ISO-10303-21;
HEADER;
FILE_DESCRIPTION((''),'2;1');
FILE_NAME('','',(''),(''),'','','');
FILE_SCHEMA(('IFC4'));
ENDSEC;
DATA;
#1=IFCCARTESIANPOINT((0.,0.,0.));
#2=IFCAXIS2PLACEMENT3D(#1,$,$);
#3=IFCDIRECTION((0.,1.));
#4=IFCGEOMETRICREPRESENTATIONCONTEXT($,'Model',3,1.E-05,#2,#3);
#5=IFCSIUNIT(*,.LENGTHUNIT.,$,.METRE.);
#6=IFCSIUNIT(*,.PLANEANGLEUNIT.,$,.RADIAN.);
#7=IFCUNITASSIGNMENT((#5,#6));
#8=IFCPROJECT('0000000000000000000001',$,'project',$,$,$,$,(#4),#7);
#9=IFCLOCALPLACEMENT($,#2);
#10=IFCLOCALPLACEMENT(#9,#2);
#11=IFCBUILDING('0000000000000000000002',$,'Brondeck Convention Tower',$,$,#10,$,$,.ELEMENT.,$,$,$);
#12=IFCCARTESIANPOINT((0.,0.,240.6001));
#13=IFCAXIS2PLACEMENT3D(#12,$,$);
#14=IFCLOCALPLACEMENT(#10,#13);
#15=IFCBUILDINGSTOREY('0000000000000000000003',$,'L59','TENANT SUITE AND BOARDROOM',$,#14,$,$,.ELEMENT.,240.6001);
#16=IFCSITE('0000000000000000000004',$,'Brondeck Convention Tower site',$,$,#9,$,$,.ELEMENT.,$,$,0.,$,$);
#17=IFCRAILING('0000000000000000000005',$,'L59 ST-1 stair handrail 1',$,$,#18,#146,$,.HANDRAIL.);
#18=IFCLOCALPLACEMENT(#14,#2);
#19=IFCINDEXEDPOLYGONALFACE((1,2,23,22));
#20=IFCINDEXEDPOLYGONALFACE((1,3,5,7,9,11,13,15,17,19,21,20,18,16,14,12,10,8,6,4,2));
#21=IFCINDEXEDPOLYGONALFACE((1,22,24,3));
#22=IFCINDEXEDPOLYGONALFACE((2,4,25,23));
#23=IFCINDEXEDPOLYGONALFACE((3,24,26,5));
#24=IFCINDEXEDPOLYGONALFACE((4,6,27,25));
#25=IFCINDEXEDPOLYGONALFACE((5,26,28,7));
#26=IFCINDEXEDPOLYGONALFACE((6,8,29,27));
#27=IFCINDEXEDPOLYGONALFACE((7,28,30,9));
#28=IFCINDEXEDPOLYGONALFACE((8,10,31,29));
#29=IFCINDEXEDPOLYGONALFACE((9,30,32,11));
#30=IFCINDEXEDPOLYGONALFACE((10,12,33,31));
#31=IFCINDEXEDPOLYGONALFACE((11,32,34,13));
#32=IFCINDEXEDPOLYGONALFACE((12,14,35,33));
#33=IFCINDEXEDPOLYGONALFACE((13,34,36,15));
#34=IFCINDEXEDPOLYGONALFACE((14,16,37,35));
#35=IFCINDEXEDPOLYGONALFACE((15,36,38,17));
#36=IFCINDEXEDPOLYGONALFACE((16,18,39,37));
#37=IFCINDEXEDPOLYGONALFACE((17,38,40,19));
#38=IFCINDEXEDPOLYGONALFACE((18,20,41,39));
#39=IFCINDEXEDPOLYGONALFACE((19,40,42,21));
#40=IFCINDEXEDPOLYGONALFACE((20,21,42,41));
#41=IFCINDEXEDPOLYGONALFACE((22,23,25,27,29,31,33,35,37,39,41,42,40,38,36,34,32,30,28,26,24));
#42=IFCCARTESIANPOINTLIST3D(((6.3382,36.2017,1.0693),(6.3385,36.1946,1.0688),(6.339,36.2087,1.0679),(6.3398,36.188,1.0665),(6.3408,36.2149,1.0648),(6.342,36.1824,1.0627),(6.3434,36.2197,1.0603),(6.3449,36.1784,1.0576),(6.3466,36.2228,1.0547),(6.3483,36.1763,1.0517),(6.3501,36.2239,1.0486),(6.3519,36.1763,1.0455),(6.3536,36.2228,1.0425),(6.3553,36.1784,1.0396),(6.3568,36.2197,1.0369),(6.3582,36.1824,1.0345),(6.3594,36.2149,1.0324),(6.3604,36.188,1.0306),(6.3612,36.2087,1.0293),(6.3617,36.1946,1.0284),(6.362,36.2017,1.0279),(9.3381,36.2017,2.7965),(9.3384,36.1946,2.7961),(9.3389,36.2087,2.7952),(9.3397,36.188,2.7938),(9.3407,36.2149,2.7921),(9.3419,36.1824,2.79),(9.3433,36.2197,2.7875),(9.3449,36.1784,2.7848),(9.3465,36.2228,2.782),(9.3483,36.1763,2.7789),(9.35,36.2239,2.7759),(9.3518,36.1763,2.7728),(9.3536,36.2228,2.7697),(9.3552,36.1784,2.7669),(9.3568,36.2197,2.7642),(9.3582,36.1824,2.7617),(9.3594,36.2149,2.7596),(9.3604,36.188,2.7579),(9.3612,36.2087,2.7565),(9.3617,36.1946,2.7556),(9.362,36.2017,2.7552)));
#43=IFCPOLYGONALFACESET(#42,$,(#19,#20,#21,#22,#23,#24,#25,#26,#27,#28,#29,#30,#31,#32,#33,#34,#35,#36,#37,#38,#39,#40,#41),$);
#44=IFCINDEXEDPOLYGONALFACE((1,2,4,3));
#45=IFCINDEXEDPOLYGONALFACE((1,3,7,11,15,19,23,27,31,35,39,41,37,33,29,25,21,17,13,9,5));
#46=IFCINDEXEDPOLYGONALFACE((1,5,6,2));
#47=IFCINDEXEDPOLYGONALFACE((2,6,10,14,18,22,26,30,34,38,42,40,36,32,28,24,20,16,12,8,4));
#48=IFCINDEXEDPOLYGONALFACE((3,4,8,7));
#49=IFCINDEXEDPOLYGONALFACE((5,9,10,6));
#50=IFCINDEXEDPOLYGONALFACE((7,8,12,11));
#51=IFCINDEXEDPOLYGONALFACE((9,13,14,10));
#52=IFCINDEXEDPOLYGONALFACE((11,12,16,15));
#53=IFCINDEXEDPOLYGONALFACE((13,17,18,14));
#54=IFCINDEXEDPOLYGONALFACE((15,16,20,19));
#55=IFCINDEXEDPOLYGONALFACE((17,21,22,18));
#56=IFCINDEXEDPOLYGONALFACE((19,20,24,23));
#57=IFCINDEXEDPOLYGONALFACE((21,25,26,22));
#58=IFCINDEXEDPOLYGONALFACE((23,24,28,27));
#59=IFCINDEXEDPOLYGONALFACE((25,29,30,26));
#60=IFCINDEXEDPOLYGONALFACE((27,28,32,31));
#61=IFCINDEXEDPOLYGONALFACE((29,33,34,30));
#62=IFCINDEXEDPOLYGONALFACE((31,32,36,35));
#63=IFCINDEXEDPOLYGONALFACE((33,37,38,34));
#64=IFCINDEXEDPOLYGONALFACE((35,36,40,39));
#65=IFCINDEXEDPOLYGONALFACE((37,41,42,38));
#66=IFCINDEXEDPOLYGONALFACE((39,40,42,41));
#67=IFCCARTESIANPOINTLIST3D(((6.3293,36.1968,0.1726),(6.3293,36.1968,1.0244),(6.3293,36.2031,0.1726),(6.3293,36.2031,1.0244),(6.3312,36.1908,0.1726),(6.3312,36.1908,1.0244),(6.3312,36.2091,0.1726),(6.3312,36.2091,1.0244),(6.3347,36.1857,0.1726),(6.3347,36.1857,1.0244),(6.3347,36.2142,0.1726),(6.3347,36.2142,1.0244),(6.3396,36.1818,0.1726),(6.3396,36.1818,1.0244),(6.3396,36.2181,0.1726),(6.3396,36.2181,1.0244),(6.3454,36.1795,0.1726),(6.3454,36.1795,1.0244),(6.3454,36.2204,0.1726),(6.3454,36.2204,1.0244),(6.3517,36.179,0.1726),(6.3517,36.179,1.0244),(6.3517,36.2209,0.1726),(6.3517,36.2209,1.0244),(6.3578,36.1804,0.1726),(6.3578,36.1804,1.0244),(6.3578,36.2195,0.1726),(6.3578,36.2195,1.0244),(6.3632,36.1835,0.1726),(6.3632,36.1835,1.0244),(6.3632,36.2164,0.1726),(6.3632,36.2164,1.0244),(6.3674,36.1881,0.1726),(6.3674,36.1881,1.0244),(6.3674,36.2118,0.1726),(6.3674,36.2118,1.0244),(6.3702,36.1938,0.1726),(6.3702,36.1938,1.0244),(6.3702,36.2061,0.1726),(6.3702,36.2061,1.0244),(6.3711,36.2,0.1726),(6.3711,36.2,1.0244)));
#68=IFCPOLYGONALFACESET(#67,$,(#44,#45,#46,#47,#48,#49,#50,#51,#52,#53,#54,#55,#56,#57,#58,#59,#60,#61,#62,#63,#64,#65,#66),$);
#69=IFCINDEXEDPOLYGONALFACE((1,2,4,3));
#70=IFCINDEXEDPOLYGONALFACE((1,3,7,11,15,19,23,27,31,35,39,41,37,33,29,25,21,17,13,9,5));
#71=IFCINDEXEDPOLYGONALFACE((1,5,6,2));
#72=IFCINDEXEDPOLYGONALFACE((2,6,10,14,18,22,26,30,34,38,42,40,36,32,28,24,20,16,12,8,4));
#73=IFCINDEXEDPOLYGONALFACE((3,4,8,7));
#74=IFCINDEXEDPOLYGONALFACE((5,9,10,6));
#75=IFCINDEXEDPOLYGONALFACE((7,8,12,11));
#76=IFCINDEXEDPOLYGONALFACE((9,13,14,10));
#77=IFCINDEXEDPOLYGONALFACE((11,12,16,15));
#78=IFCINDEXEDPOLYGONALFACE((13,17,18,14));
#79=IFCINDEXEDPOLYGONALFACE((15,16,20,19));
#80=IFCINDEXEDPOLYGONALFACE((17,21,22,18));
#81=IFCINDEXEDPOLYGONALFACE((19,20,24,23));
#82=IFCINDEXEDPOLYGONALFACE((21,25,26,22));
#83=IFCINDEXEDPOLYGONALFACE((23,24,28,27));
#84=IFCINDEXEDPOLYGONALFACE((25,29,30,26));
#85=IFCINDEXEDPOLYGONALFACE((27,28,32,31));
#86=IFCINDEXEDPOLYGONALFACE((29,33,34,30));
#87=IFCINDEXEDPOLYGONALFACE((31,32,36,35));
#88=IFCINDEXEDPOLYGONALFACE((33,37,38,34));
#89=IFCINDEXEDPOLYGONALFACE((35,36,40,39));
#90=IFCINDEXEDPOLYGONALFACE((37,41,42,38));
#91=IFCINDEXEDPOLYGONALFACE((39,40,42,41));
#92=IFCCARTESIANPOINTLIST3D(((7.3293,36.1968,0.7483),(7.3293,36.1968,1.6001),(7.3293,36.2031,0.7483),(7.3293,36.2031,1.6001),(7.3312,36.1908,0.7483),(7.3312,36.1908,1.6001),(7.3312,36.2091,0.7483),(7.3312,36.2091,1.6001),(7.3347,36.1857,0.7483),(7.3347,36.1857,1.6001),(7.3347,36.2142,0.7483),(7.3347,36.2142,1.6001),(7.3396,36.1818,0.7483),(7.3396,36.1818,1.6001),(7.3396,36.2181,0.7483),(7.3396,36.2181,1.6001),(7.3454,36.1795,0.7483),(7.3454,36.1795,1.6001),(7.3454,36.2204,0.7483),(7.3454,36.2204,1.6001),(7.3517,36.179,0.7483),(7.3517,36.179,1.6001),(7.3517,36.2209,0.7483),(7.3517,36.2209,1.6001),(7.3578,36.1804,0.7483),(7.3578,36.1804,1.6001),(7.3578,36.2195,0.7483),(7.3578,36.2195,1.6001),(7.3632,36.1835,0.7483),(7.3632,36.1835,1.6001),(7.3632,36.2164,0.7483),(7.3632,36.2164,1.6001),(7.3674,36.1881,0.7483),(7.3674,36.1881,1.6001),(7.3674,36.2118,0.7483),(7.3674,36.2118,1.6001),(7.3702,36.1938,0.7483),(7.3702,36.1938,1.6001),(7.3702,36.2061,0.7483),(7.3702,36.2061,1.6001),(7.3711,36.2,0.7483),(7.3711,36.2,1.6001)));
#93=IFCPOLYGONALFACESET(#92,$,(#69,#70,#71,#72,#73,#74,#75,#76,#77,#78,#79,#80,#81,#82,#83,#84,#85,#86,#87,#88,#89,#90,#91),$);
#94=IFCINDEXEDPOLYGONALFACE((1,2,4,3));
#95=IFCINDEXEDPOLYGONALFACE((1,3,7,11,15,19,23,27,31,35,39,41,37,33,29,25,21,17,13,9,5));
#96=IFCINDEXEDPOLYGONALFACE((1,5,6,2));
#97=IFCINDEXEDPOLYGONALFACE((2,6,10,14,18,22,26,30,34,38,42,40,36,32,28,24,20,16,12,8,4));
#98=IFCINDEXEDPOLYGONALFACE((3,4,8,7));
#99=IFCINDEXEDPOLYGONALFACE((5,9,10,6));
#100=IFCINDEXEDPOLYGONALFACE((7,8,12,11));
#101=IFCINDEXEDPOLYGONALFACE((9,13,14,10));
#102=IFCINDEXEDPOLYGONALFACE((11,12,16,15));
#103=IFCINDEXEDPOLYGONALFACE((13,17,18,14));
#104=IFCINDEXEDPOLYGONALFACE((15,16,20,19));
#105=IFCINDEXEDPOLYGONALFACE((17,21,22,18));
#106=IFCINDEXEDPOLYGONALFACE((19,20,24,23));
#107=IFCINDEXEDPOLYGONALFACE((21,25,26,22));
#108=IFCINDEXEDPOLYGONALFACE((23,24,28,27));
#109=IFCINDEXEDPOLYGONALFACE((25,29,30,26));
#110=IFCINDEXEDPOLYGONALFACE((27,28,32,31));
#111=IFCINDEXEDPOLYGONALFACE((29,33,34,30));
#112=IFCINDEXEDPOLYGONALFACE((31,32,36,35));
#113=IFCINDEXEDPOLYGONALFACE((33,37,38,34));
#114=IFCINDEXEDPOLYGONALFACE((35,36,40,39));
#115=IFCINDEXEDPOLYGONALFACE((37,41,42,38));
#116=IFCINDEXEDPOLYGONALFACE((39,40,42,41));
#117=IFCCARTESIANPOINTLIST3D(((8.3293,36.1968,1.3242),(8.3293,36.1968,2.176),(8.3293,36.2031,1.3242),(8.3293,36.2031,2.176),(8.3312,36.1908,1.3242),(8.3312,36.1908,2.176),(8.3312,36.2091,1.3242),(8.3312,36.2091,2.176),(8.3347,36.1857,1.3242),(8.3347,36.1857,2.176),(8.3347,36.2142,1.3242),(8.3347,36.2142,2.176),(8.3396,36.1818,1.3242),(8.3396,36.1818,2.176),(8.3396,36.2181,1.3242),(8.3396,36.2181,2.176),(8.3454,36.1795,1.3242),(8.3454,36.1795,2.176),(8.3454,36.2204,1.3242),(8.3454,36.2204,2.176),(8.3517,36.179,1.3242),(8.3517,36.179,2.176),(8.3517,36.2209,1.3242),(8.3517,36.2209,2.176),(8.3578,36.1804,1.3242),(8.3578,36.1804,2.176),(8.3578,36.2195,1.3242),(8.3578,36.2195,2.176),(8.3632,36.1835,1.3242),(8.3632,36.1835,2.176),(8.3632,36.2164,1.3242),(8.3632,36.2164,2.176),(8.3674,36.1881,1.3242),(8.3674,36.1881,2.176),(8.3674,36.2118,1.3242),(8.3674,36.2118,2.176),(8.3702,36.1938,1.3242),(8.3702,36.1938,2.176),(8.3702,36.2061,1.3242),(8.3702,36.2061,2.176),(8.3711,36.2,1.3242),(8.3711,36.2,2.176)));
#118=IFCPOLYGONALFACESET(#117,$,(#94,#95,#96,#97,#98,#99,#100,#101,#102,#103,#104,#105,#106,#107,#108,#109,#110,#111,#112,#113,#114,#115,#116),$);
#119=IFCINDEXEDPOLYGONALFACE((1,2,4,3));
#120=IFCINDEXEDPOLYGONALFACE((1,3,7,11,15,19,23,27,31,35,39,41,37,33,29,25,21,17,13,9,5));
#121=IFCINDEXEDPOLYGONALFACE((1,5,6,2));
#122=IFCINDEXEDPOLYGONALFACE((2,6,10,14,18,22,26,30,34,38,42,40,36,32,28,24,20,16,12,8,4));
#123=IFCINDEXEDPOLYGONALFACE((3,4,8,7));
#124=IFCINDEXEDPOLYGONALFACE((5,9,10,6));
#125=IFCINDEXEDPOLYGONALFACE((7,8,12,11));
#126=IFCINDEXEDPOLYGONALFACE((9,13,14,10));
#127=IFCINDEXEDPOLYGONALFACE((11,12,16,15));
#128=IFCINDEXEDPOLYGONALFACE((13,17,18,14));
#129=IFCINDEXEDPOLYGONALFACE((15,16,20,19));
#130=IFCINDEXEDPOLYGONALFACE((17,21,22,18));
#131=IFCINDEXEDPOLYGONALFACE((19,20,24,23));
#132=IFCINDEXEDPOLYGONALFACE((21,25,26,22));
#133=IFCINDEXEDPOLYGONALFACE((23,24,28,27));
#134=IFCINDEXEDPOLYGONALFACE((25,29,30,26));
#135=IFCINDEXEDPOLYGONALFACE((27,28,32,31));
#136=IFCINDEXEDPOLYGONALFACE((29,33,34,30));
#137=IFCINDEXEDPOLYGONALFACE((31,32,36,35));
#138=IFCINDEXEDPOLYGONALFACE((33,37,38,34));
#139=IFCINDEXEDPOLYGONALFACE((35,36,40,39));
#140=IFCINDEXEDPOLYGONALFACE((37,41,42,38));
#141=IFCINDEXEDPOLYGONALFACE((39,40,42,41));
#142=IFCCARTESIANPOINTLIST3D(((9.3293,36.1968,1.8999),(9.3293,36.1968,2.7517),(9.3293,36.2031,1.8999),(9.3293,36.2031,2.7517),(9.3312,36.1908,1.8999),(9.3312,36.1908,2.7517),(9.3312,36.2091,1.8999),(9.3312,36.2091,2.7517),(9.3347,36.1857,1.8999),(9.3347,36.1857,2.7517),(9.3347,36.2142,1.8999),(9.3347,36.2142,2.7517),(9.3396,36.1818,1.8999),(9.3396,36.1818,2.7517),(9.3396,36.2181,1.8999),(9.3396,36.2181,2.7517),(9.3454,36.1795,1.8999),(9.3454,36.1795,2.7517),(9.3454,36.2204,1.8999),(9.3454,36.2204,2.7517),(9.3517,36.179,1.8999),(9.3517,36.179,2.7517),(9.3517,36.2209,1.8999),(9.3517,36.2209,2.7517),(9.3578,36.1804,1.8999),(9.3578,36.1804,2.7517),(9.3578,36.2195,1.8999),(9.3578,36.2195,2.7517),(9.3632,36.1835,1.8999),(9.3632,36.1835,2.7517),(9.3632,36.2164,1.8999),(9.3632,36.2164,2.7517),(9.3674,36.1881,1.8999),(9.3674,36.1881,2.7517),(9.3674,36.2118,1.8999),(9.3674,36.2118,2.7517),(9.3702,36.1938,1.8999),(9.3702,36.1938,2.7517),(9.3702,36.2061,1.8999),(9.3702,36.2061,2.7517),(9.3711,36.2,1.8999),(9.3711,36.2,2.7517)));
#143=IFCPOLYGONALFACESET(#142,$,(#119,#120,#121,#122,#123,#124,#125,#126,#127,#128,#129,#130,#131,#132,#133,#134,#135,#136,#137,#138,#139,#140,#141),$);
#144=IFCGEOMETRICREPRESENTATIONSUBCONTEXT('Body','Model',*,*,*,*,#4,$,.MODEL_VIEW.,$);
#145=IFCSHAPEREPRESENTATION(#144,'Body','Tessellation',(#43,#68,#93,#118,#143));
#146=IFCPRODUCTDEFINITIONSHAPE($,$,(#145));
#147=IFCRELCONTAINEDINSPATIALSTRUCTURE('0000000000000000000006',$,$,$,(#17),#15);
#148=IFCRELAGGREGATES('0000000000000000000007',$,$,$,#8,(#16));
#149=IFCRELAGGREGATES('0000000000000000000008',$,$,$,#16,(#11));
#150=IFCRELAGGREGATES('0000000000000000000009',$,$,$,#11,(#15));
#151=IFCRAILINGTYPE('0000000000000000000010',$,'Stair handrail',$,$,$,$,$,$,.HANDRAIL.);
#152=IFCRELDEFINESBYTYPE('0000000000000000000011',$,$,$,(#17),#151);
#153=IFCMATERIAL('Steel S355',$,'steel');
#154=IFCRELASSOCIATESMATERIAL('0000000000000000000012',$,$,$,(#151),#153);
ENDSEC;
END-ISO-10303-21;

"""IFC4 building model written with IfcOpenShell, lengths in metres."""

from ifc_helpers import new_model, si_unit, direction, frame, origin, origin_2d, place, context, subcontext, project, spatial, circle, extrude, material, type_object, element, save


model = new_model("IFC4")

# Units and contexts
model_context = context("Model", 3, precision=1e-05, world=origin(), true_north=direction((0.0, 1.0)))
body_context = subcontext(model_context, "Body", "Model", "MODEL_VIEW")
ifc_project = project(units=[si_unit("LENGTHUNIT", "METRE"), si_unit("PLANEANGLEUNIT", "RADIAN")], contexts=[model_context])

# Site, building, storey
site_placement = place(None, origin())
site = spatial("IfcSite", under=ifc_project, at=site_placement, Name="Brondeck Convention Tower site", CompositionType="ELEMENT", RefElevation=0.0)
building_placement = place(site_placement, origin())
building = spatial("IfcBuilding", under=site, at=building_placement, Name="Brondeck Convention Tower", CompositionType="ELEMENT")
storey_placement = place(building_placement, frame((0.0, 0.0, 240.6001)))
storey = spatial("IfcBuildingStorey", under=building, at=storey_placement, Name="L59", Description="TENANT SUITE AND BOARDROOM", CompositionType="ELEMENT", Elevation=240.6001)

# Railing
ifc_material_1 = material(Name="Steel S355", Category="steel")
railing_type_1 = type_object("IfcRailingType", Name="Stair handrail", PredefinedType="HANDRAIL", material=ifc_material_1)
railing_1_placement = place(storey_placement, frame((6.3501, 36.2, 0.1726)))
element("IfcRailing", 1, at=railing_1_placement, inside=storey, type_object=railing_type_1, Name="L59 ST-1 stair handrail 1", PredefinedType="HANDRAIL", context=body_context, shape_type="SweptSolid", body=[
    extrude(circle(Radius=0.0239, at=origin_2d()), frame((0.0, 0.0, 0.876), z_axis=(0.86662, 0.0, 0.498969), x_axis=(0.0, 1.0, 0.0)), (0.0, 0.0, 1.0), 3.4617),
    extrude(circle(Radius=0.021, at=origin_2d()), origin(), (0.0, 0.0, 1.0), 0.8518),
    extrude(circle(Radius=0.021, at=origin_2d()), frame((1.0, 0.0, 0.5757)), (0.0, 0.0, 1.0), 0.8518),
    extrude(circle(Radius=0.021, at=origin_2d()), frame((2.0, 0.0, 1.1516)), (0.0, 0.0, 1.0), 0.8518),
    extrude(circle(Radius=0.021, at=origin_2d()), frame((3.0, 0.0, 1.7273)), (0.0, 0.0, 1.0), 0.8518),
])

save(model, "model.ifc")
